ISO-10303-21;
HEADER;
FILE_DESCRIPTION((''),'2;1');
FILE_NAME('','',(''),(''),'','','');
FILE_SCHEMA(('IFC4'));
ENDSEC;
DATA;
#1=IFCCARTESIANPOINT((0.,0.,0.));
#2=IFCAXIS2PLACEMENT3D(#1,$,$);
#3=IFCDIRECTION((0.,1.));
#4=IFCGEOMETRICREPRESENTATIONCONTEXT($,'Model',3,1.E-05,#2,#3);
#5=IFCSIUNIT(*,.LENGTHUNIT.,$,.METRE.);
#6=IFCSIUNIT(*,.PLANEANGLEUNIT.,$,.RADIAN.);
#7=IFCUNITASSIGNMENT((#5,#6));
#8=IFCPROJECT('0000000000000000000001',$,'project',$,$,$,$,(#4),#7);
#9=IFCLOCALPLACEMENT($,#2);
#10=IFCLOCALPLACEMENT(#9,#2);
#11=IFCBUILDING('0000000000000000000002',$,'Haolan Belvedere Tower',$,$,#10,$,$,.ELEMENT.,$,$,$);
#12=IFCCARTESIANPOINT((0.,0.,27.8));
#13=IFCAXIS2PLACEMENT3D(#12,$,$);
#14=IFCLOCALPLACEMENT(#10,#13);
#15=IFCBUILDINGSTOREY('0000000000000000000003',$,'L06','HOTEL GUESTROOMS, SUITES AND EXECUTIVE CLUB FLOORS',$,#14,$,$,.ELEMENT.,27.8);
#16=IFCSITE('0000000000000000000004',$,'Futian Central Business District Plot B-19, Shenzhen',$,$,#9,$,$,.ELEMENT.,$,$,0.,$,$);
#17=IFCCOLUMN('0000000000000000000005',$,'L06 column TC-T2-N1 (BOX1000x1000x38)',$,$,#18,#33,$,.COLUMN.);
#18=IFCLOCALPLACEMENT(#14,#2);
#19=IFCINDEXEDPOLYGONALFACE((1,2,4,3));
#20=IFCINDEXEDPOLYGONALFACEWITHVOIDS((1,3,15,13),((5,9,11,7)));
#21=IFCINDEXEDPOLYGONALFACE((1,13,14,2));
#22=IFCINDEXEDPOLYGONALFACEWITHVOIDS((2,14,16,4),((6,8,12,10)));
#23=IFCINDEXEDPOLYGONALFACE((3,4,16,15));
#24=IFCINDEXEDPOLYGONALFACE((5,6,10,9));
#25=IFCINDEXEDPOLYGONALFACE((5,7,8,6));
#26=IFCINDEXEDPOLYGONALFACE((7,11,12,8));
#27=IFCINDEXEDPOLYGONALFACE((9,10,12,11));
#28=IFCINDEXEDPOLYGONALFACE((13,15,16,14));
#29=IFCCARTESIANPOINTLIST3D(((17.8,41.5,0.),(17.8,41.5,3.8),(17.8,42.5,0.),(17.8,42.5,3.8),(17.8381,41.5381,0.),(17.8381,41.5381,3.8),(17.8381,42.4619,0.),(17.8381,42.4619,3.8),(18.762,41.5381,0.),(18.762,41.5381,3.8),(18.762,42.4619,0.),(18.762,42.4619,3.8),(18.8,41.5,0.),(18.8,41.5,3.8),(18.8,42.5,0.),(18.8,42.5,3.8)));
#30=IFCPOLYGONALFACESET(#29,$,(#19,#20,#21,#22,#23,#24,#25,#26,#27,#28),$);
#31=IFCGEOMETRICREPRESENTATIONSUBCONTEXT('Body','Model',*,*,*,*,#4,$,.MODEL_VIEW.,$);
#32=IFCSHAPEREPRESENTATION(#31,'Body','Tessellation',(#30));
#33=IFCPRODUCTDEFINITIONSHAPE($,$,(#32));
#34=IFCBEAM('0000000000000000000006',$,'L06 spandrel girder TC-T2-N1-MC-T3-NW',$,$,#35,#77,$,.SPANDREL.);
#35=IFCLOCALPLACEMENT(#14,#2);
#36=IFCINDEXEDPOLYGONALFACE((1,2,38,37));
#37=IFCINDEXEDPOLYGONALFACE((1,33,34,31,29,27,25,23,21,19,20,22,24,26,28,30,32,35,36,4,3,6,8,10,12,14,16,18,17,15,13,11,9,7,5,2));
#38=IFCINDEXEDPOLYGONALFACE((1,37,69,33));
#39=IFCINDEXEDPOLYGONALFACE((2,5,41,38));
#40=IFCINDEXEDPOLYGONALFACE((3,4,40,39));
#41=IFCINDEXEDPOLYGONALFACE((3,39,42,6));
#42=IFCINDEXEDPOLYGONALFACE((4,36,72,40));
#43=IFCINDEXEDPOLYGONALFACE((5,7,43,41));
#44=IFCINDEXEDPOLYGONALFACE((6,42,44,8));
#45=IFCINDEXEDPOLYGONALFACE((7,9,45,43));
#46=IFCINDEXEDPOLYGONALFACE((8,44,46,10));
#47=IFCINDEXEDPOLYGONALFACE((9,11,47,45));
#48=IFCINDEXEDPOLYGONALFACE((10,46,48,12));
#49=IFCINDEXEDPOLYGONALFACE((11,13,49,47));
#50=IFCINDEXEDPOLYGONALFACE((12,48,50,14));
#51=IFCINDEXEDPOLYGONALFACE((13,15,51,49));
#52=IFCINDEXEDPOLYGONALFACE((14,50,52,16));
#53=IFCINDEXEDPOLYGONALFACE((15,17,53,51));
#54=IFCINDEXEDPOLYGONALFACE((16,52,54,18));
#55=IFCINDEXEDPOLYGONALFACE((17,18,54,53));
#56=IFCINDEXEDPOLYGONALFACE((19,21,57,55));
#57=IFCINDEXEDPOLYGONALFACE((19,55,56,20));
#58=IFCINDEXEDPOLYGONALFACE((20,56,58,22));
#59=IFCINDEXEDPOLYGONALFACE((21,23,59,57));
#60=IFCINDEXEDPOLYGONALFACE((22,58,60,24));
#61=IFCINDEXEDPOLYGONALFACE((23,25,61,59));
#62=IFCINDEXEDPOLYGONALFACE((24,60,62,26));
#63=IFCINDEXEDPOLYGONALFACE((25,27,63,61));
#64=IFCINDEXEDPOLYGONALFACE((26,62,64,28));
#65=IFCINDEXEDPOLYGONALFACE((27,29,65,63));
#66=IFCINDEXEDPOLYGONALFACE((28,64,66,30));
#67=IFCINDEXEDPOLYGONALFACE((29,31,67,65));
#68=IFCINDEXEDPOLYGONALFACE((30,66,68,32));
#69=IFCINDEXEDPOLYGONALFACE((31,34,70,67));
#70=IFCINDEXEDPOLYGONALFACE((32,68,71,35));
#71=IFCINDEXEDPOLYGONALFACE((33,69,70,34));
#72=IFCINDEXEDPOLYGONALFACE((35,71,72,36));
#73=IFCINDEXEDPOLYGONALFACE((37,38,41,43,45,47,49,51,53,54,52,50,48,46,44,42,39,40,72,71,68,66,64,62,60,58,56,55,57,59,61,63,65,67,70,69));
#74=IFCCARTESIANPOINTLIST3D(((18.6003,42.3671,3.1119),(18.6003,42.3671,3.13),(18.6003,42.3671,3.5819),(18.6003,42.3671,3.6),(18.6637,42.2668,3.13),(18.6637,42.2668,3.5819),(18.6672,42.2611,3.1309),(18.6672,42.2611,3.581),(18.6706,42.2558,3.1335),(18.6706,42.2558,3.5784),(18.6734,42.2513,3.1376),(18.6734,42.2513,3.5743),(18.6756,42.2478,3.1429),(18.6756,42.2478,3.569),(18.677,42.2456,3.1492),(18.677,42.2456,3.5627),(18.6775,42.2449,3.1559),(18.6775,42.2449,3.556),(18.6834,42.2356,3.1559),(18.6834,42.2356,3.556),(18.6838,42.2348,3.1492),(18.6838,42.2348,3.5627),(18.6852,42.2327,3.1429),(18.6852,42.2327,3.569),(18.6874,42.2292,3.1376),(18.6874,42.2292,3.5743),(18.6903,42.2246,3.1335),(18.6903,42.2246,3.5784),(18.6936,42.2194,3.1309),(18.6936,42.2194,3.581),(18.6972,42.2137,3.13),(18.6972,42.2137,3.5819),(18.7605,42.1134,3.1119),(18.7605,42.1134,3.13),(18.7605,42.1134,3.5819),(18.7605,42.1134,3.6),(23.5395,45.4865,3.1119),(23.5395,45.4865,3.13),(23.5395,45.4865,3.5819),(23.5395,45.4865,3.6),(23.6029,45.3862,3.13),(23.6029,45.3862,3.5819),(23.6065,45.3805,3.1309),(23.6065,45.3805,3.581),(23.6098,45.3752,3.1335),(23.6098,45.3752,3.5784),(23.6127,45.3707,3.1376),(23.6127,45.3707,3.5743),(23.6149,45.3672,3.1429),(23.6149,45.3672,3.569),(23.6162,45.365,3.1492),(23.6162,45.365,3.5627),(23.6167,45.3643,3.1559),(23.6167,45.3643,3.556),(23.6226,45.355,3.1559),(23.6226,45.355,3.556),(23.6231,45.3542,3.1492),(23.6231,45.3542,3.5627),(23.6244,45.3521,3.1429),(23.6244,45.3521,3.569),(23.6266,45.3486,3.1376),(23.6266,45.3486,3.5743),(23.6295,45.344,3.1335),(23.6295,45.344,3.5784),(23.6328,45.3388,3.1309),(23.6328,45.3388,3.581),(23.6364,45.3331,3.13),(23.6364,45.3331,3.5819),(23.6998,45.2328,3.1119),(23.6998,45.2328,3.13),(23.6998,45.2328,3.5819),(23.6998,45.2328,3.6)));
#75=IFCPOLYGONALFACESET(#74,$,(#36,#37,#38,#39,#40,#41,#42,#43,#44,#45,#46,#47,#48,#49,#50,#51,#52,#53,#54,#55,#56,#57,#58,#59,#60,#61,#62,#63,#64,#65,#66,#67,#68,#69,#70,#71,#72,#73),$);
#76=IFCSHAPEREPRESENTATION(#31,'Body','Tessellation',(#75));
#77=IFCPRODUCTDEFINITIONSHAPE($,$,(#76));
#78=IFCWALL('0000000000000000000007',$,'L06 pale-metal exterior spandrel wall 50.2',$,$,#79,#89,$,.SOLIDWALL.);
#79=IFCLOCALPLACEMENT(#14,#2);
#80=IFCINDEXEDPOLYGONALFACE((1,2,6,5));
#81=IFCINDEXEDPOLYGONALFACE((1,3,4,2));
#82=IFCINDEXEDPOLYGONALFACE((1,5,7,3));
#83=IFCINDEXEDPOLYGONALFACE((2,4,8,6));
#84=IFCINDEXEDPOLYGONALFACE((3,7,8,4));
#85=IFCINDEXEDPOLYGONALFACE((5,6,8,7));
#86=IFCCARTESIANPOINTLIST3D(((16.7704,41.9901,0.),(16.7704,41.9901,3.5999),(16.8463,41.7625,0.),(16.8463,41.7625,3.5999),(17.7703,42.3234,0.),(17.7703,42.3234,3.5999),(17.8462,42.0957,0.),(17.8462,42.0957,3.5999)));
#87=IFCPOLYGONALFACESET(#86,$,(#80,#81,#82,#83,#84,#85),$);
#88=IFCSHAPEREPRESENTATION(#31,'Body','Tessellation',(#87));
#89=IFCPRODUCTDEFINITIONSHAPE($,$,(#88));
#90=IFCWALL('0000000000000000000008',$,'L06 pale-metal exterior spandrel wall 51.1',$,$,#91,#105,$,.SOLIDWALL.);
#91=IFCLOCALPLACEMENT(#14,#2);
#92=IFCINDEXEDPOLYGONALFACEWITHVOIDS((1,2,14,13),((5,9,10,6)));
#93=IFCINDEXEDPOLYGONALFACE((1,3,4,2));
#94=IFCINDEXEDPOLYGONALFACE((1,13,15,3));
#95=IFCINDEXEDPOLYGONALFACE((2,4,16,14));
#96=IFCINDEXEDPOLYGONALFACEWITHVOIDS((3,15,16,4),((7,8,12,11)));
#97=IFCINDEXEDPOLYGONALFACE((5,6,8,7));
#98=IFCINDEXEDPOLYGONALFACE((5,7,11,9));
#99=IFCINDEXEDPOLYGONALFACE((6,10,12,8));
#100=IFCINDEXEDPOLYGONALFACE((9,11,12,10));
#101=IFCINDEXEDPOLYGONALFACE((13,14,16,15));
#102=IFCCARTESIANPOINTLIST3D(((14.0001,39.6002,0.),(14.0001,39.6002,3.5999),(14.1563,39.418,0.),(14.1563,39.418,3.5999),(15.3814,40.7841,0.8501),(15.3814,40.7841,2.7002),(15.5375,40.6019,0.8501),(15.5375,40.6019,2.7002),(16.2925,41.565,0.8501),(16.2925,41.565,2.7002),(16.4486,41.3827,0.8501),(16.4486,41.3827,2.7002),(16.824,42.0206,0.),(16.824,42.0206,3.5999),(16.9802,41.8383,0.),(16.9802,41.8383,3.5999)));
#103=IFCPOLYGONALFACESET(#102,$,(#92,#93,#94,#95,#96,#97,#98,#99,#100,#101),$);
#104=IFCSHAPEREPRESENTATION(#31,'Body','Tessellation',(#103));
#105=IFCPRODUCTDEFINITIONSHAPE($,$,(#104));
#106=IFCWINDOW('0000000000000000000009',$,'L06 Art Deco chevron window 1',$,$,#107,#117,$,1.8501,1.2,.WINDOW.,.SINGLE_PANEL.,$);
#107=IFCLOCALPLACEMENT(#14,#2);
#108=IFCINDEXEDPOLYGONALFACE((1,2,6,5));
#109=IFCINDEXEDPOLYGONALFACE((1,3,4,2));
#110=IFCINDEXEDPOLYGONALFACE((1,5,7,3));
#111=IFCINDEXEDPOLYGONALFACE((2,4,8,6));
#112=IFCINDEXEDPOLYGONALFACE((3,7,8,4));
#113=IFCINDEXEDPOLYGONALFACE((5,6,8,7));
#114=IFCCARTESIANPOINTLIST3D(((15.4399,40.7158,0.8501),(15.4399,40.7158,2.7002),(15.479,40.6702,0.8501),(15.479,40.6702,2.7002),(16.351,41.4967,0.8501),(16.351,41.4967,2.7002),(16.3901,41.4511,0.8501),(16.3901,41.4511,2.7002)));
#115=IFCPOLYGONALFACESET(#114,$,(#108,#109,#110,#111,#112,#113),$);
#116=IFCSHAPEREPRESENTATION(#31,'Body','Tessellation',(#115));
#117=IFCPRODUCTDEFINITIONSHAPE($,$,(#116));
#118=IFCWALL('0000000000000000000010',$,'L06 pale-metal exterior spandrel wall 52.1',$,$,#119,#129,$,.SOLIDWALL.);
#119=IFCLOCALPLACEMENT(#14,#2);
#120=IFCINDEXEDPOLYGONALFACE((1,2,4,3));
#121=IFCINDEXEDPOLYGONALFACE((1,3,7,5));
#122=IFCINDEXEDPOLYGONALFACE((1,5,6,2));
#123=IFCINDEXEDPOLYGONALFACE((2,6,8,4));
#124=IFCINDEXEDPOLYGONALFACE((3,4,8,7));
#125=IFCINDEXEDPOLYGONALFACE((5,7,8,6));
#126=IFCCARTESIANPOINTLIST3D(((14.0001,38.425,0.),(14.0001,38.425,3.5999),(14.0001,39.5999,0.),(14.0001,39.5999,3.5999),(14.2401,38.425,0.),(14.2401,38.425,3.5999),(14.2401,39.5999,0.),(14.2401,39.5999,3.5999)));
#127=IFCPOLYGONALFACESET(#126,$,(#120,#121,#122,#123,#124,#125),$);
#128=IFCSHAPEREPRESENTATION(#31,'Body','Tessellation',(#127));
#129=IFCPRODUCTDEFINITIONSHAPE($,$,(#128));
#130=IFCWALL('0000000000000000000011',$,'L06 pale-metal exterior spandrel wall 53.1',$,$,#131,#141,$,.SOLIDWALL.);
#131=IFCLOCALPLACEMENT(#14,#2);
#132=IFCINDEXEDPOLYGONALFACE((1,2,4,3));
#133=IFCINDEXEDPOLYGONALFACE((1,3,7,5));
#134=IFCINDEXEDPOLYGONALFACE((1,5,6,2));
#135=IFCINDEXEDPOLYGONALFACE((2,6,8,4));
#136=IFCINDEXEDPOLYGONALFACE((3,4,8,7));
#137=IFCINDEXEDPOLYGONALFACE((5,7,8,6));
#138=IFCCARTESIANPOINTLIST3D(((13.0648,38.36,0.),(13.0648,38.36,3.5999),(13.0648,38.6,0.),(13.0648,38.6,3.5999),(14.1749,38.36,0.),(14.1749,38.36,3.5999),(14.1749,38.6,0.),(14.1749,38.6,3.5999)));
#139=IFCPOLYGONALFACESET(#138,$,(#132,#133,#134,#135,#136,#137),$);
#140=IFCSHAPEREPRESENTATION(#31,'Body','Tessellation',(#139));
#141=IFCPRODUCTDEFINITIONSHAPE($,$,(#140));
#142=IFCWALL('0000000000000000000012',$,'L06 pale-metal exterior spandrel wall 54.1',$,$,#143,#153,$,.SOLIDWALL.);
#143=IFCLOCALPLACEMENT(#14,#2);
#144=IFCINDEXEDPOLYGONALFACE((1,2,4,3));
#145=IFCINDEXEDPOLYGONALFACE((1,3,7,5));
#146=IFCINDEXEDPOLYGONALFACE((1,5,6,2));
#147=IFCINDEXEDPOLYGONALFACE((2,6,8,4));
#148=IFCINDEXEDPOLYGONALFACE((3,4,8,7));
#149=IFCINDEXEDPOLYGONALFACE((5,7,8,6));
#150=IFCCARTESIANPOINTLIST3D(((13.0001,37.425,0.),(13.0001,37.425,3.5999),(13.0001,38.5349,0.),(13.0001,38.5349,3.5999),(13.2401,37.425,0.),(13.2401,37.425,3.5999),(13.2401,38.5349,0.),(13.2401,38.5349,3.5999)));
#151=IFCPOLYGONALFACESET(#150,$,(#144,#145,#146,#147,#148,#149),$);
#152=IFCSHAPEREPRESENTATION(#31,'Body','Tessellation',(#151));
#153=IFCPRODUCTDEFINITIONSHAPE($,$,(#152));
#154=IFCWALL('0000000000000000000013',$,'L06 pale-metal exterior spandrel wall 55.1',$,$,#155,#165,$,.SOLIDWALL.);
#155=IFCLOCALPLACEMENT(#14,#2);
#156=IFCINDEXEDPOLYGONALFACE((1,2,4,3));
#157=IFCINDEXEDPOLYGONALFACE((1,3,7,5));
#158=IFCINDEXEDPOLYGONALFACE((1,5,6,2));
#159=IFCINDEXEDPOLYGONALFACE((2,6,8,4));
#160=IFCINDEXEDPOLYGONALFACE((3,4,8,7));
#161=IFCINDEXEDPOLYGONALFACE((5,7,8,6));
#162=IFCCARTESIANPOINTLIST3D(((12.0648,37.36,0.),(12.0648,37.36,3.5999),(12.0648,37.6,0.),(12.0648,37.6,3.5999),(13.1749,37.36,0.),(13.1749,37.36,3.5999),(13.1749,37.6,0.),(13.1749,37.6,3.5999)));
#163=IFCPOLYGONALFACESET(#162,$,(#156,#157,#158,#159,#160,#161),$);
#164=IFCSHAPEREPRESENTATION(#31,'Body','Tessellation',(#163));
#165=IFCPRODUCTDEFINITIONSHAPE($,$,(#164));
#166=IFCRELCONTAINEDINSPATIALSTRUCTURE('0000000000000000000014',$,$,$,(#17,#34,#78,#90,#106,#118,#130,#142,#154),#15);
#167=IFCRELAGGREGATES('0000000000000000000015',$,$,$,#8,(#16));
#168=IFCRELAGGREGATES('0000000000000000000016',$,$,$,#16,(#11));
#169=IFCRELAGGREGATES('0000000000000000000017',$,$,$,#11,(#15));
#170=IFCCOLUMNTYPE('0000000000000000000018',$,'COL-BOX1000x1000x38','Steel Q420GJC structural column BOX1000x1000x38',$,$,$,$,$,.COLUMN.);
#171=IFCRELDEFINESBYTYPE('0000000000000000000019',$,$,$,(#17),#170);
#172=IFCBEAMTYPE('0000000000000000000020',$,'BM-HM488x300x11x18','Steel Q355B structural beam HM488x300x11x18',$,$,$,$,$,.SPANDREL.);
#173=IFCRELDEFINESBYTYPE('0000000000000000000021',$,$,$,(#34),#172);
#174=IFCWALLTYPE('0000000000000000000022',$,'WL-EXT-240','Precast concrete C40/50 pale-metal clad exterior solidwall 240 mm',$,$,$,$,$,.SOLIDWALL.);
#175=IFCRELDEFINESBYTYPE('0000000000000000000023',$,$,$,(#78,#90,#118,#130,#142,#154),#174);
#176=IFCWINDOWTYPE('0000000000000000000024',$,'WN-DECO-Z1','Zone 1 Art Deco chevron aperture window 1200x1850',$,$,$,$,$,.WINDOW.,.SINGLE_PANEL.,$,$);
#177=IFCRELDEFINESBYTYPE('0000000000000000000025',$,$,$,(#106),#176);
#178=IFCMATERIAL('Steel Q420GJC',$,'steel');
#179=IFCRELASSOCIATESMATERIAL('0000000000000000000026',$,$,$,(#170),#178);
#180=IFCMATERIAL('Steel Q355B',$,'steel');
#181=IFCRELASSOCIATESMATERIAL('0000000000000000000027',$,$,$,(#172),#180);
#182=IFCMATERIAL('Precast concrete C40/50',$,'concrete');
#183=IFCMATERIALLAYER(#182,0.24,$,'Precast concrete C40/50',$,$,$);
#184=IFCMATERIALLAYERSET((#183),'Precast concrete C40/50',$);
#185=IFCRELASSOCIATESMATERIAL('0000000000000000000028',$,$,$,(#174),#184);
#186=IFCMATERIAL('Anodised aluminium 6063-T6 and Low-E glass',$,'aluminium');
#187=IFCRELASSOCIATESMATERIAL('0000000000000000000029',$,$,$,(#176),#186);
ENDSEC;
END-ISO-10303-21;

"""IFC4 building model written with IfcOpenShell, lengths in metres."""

from ifc_helpers import new_model, si_unit, direction, frame, frame_2d, origin, origin_2d, place, context, subcontext, project, spatial, rectangle, hollow_rectangle, i_section, extrude, material, layer, layer_set, material_profile, profile_set, type_object, element, fill, save


model = new_model("IFC4")

# Units and contexts
model_context = context("Model", 3, precision=1e-05, world=origin(), true_north=direction((0.0, 1.0)))
body_context = subcontext(model_context, "Body", "Model", "MODEL_VIEW")
ifc_project = project(units=[si_unit("LENGTHUNIT", "METRE"), si_unit("PLANEANGLEUNIT", "RADIAN")], contexts=[model_context])

# Site, building, storey
site_placement = place(None, origin())
site = spatial("IfcSite", under=ifc_project, at=site_placement, Name="Futian Central Business District Plot B-19, Shenzhen", CompositionType="ELEMENT", RefElevation=0.0)
building_placement = place(site_placement, origin())
building = spatial("IfcBuilding", under=site, at=building_placement, Name="Haolan Belvedere Tower", CompositionType="ELEMENT")
storey_placement = place(building_placement, frame((0.0, 0.0, 27.8)))
storey = spatial("IfcBuildingStorey", under=building, at=storey_placement, Name="L06", Description="HOTEL GUESTROOMS, SUITES AND EXECUTIVE CLUB FLOORS", CompositionType="ELEMENT", Elevation=27.8)

# Column
ifc_material_1 = material(Name="Steel Q420GJC", Category="steel")
ifc_material_profile_1 = material_profile(ifc_material_1, hollow_rectangle(XDim=1.0, YDim=1.0, WallThickness=0.0381, at=origin_2d()), Name="Steel Q420GJC")
ifc_profile_set_1 = profile_set([ifc_material_profile_1], Name="Steel Q420GJC")
column_type = type_object("IfcColumnType", Name="COL-BOX1000x1000x38", Description="Steel Q420GJC structural column BOX1000x1000x38", PredefinedType="COLUMN", material=ifc_profile_set_1)
column_placement = place(storey_placement, frame((18.3, 42.0, 0.0), z_axis=(0.0, 0.0, 1.0), x_axis=(1.0, 0.0, 0.0)))
element("IfcColumn", 1, at=column_placement, inside=storey, type_object=column_type, Name="L06 column TC-T2-N1 (BOX1000x1000x38)", PredefinedType="COLUMN", context=body_context, shape_type="SweptSolid", body=[
    extrude(hollow_rectangle(XDim=1.0, YDim=1.0, WallThickness=0.0381, at=origin_2d()), origin(), (0.0, 0.0, 1.0), 3.8),
])

# Beam
ifc_material_2 = material(Name="Steel Q355B", Category="steel")
ifc_material_profile_2 = material_profile(ifc_material_2, i_section(OverallWidth=0.3, OverallDepth=0.488, WebThickness=0.011, FlangeThickness=0.0181, FilletRadius=0.0259, at=origin_2d()), Name="Steel Q355B")
ifc_profile_set_2 = profile_set([ifc_material_profile_2], Name="Steel Q355B")
beam_type = type_object("IfcBeamType", Name="BM-HM488x300x11x18", Description="Steel Q355B structural beam HM488x300x11x18", PredefinedType="SPANDREL", material=ifc_profile_set_2)
beam_placement = place(storey_placement, frame((18.6804, 42.2402, 3.356), z_axis=(0.845498, 0.533979, 0.0), x_axis=(-0.533979, 0.845498, 0.0)))
element("IfcBeam", 2, at=beam_placement, inside=storey, type_object=beam_type, Name="L06 spandrel girder TC-T2-N1-MC-T3-NW", PredefinedType="SPANDREL", context=body_context, shape_type="SweptSolid", body=[
    extrude(i_section(OverallWidth=0.3, OverallDepth=0.488, WebThickness=0.011, FlangeThickness=0.0181, FilletRadius=0.0259, at=origin_2d()), origin(), (0.0, 0.0, 1.0), 5.8418),
])

# Wall
ifc_material_3 = material(Name="Precast concrete C40/50", Category="concrete")
ifc_layer_1 = layer(ifc_material_3, 0.24, Name="Precast concrete C40/50")
ifc_layer_set_1 = layer_set([ifc_layer_1], Name="Precast concrete C40/50")
wall_type_1 = type_object("IfcWallType", Name="WL-EXT-240", Description="Precast concrete C40/50 pale-metal clad exterior solidwall 240 mm", PredefinedType="SOLIDWALL", material=ifc_layer_set_1)
wall_1_placement = place(storey_placement, frame((17.8081, 42.2095, 0.0), z_axis=(0.0, 0.0, 1.0), x_axis=(-0.948706, -0.316158, 0.0)))
element("IfcWall", 3, at=wall_1_placement, inside=storey, type_object=wall_type_1, Name="L06 pale-metal exterior spandrel wall 50.2", PredefinedType="SOLIDWALL", context=body_context, shape_type="SweptSolid", body=[
    extrude(rectangle(XDim=1.054, YDim=0.24, at=frame_2d((0.5269, 0.0))), origin(), (0.0, 0.0, 1.0), 3.5999),
])

# Wall, opening, window
wall_2_placement = place(storey_placement, frame((16.9021, 41.9294, 0.0), z_axis=(0.0, 0.0, 1.0), x_axis=(-0.759275, -0.65077, 0.0)))
wall_2 = element("IfcWall", 4, at=wall_2_placement, inside=storey, type_object=wall_type_1, Name="L06 pale-metal exterior spandrel wall 51.1", PredefinedType="SOLIDWALL", context=body_context, shape_type="SweptSolid", body=[
    extrude(rectangle(XDim=3.7192, YDim=0.24, at=frame_2d((1.8596, 0.0))), origin(), (0.0, 0.0, 1.0), 3.5999),
])
opening_1_placement = place(wall_2_placement, frame((0.7, 0.0, 0.8501)))
opening_1 = element("IfcOpeningElement", 5, at=opening_1_placement, cuts=wall_2, PredefinedType="OPENING", context=body_context, shape_type="SweptSolid", body=[
    extrude(rectangle(XDim=1.2, YDim=1.8501, at=frame_2d((0.6001, 0.925))), frame((0.0, 0.1299, 0.0), z_axis=(0.0, -1.0, 0.0), x_axis=(1.0, 0.0, 0.0)), (0.0, 0.0, 1.0), 0.26),
])
ifc_material_4 = material(Name="Anodised aluminium 6063-T6 and Low-E glass", Category="aluminium")
window_type = type_object("IfcWindowType", Name="WN-DECO-Z1", Description="Zone 1 Art Deco chevron aperture window 1200x1850", PartitioningType="SINGLE_PANEL", PredefinedType="WINDOW", material=ifc_material_4)
window_1_placement = place(opening_1_placement, origin())
window_1 = element("IfcWindow", 6, at=window_1_placement, inside=storey, type_object=window_type, Name="L06 Art Deco chevron window 1", OverallHeight=1.8501, OverallWidth=1.2, PartitioningType="SINGLE_PANEL", PredefinedType="WINDOW", context=body_context, shape_type="SweptSolid", body=[
    extrude(rectangle(XDim=1.2, YDim=1.8501, at=frame_2d((0.6001, 0.925))), frame((0.0, 0.03, 0.0), z_axis=(0.0, -1.0, 0.0), x_axis=(1.0, 0.0, 0.0)), (0.0, 0.0, 1.0), 0.0601),
])
fill(opening_1, window_1)

# Walls
wall_3_placement = place(storey_placement, frame((14.1201, 39.5999, 0.0), z_axis=(0.0, 0.0, 1.0), x_axis=(0.0, -1.0, 0.0)))
element("IfcWall", 7, at=wall_3_placement, inside=storey, type_object=wall_type_1, Name="L06 pale-metal exterior spandrel wall 52.1", PredefinedType="SOLIDWALL", context=body_context, shape_type="SweptSolid", body=[
    extrude(rectangle(XDim=1.1748, YDim=0.24, at=frame_2d((0.5874, 0.0))), origin(), (0.0, 0.0, 1.0), 3.5999),
])
wall_4_placement = place(storey_placement, frame((14.175, 38.48, 0.0), z_axis=(0.0, 0.0, 1.0), x_axis=(-1.0, 0.0, 0.0)))
element("IfcWall", 8, at=wall_4_placement, inside=storey, type_object=wall_type_1, Name="L06 pale-metal exterior spandrel wall 53.1", PredefinedType="SOLIDWALL", context=body_context, shape_type="SweptSolid", body=[
    extrude(rectangle(XDim=1.1101, YDim=0.24, at=frame_2d((0.5552, 0.0))), origin(), (0.0, 0.0, 1.0), 3.5999),
])
wall_5_placement = place(storey_placement, frame((13.1201, 38.5349, 0.0), z_axis=(0.0, 0.0, 1.0), x_axis=(0.0, -1.0, 0.0)))
element("IfcWall", 9, at=wall_5_placement, inside=storey, type_object=wall_type_1, Name="L06 pale-metal exterior spandrel wall 54.1", PredefinedType="SOLIDWALL", context=body_context, shape_type="SweptSolid", body=[
    extrude(rectangle(XDim=1.1099, YDim=0.24, at=frame_2d((0.5549, 0.0))), origin(), (0.0, 0.0, 1.0), 3.5999),
])
wall_6_placement = place(storey_placement, frame((13.175, 37.48, 0.0), z_axis=(0.0, 0.0, 1.0), x_axis=(-1.0, 0.0, 0.0)))
element("IfcWall", 10, at=wall_6_placement, inside=storey, type_object=wall_type_1, Name="L06 pale-metal exterior spandrel wall 55.1", PredefinedType="SOLIDWALL", context=body_context, shape_type="SweptSolid", body=[
    extrude(rectangle(XDim=1.1101, YDim=0.24, at=frame_2d((0.5552, 0.0))), origin(), (0.0, 0.0, 1.0), 3.5999),
])

save(model, "model.ifc")
